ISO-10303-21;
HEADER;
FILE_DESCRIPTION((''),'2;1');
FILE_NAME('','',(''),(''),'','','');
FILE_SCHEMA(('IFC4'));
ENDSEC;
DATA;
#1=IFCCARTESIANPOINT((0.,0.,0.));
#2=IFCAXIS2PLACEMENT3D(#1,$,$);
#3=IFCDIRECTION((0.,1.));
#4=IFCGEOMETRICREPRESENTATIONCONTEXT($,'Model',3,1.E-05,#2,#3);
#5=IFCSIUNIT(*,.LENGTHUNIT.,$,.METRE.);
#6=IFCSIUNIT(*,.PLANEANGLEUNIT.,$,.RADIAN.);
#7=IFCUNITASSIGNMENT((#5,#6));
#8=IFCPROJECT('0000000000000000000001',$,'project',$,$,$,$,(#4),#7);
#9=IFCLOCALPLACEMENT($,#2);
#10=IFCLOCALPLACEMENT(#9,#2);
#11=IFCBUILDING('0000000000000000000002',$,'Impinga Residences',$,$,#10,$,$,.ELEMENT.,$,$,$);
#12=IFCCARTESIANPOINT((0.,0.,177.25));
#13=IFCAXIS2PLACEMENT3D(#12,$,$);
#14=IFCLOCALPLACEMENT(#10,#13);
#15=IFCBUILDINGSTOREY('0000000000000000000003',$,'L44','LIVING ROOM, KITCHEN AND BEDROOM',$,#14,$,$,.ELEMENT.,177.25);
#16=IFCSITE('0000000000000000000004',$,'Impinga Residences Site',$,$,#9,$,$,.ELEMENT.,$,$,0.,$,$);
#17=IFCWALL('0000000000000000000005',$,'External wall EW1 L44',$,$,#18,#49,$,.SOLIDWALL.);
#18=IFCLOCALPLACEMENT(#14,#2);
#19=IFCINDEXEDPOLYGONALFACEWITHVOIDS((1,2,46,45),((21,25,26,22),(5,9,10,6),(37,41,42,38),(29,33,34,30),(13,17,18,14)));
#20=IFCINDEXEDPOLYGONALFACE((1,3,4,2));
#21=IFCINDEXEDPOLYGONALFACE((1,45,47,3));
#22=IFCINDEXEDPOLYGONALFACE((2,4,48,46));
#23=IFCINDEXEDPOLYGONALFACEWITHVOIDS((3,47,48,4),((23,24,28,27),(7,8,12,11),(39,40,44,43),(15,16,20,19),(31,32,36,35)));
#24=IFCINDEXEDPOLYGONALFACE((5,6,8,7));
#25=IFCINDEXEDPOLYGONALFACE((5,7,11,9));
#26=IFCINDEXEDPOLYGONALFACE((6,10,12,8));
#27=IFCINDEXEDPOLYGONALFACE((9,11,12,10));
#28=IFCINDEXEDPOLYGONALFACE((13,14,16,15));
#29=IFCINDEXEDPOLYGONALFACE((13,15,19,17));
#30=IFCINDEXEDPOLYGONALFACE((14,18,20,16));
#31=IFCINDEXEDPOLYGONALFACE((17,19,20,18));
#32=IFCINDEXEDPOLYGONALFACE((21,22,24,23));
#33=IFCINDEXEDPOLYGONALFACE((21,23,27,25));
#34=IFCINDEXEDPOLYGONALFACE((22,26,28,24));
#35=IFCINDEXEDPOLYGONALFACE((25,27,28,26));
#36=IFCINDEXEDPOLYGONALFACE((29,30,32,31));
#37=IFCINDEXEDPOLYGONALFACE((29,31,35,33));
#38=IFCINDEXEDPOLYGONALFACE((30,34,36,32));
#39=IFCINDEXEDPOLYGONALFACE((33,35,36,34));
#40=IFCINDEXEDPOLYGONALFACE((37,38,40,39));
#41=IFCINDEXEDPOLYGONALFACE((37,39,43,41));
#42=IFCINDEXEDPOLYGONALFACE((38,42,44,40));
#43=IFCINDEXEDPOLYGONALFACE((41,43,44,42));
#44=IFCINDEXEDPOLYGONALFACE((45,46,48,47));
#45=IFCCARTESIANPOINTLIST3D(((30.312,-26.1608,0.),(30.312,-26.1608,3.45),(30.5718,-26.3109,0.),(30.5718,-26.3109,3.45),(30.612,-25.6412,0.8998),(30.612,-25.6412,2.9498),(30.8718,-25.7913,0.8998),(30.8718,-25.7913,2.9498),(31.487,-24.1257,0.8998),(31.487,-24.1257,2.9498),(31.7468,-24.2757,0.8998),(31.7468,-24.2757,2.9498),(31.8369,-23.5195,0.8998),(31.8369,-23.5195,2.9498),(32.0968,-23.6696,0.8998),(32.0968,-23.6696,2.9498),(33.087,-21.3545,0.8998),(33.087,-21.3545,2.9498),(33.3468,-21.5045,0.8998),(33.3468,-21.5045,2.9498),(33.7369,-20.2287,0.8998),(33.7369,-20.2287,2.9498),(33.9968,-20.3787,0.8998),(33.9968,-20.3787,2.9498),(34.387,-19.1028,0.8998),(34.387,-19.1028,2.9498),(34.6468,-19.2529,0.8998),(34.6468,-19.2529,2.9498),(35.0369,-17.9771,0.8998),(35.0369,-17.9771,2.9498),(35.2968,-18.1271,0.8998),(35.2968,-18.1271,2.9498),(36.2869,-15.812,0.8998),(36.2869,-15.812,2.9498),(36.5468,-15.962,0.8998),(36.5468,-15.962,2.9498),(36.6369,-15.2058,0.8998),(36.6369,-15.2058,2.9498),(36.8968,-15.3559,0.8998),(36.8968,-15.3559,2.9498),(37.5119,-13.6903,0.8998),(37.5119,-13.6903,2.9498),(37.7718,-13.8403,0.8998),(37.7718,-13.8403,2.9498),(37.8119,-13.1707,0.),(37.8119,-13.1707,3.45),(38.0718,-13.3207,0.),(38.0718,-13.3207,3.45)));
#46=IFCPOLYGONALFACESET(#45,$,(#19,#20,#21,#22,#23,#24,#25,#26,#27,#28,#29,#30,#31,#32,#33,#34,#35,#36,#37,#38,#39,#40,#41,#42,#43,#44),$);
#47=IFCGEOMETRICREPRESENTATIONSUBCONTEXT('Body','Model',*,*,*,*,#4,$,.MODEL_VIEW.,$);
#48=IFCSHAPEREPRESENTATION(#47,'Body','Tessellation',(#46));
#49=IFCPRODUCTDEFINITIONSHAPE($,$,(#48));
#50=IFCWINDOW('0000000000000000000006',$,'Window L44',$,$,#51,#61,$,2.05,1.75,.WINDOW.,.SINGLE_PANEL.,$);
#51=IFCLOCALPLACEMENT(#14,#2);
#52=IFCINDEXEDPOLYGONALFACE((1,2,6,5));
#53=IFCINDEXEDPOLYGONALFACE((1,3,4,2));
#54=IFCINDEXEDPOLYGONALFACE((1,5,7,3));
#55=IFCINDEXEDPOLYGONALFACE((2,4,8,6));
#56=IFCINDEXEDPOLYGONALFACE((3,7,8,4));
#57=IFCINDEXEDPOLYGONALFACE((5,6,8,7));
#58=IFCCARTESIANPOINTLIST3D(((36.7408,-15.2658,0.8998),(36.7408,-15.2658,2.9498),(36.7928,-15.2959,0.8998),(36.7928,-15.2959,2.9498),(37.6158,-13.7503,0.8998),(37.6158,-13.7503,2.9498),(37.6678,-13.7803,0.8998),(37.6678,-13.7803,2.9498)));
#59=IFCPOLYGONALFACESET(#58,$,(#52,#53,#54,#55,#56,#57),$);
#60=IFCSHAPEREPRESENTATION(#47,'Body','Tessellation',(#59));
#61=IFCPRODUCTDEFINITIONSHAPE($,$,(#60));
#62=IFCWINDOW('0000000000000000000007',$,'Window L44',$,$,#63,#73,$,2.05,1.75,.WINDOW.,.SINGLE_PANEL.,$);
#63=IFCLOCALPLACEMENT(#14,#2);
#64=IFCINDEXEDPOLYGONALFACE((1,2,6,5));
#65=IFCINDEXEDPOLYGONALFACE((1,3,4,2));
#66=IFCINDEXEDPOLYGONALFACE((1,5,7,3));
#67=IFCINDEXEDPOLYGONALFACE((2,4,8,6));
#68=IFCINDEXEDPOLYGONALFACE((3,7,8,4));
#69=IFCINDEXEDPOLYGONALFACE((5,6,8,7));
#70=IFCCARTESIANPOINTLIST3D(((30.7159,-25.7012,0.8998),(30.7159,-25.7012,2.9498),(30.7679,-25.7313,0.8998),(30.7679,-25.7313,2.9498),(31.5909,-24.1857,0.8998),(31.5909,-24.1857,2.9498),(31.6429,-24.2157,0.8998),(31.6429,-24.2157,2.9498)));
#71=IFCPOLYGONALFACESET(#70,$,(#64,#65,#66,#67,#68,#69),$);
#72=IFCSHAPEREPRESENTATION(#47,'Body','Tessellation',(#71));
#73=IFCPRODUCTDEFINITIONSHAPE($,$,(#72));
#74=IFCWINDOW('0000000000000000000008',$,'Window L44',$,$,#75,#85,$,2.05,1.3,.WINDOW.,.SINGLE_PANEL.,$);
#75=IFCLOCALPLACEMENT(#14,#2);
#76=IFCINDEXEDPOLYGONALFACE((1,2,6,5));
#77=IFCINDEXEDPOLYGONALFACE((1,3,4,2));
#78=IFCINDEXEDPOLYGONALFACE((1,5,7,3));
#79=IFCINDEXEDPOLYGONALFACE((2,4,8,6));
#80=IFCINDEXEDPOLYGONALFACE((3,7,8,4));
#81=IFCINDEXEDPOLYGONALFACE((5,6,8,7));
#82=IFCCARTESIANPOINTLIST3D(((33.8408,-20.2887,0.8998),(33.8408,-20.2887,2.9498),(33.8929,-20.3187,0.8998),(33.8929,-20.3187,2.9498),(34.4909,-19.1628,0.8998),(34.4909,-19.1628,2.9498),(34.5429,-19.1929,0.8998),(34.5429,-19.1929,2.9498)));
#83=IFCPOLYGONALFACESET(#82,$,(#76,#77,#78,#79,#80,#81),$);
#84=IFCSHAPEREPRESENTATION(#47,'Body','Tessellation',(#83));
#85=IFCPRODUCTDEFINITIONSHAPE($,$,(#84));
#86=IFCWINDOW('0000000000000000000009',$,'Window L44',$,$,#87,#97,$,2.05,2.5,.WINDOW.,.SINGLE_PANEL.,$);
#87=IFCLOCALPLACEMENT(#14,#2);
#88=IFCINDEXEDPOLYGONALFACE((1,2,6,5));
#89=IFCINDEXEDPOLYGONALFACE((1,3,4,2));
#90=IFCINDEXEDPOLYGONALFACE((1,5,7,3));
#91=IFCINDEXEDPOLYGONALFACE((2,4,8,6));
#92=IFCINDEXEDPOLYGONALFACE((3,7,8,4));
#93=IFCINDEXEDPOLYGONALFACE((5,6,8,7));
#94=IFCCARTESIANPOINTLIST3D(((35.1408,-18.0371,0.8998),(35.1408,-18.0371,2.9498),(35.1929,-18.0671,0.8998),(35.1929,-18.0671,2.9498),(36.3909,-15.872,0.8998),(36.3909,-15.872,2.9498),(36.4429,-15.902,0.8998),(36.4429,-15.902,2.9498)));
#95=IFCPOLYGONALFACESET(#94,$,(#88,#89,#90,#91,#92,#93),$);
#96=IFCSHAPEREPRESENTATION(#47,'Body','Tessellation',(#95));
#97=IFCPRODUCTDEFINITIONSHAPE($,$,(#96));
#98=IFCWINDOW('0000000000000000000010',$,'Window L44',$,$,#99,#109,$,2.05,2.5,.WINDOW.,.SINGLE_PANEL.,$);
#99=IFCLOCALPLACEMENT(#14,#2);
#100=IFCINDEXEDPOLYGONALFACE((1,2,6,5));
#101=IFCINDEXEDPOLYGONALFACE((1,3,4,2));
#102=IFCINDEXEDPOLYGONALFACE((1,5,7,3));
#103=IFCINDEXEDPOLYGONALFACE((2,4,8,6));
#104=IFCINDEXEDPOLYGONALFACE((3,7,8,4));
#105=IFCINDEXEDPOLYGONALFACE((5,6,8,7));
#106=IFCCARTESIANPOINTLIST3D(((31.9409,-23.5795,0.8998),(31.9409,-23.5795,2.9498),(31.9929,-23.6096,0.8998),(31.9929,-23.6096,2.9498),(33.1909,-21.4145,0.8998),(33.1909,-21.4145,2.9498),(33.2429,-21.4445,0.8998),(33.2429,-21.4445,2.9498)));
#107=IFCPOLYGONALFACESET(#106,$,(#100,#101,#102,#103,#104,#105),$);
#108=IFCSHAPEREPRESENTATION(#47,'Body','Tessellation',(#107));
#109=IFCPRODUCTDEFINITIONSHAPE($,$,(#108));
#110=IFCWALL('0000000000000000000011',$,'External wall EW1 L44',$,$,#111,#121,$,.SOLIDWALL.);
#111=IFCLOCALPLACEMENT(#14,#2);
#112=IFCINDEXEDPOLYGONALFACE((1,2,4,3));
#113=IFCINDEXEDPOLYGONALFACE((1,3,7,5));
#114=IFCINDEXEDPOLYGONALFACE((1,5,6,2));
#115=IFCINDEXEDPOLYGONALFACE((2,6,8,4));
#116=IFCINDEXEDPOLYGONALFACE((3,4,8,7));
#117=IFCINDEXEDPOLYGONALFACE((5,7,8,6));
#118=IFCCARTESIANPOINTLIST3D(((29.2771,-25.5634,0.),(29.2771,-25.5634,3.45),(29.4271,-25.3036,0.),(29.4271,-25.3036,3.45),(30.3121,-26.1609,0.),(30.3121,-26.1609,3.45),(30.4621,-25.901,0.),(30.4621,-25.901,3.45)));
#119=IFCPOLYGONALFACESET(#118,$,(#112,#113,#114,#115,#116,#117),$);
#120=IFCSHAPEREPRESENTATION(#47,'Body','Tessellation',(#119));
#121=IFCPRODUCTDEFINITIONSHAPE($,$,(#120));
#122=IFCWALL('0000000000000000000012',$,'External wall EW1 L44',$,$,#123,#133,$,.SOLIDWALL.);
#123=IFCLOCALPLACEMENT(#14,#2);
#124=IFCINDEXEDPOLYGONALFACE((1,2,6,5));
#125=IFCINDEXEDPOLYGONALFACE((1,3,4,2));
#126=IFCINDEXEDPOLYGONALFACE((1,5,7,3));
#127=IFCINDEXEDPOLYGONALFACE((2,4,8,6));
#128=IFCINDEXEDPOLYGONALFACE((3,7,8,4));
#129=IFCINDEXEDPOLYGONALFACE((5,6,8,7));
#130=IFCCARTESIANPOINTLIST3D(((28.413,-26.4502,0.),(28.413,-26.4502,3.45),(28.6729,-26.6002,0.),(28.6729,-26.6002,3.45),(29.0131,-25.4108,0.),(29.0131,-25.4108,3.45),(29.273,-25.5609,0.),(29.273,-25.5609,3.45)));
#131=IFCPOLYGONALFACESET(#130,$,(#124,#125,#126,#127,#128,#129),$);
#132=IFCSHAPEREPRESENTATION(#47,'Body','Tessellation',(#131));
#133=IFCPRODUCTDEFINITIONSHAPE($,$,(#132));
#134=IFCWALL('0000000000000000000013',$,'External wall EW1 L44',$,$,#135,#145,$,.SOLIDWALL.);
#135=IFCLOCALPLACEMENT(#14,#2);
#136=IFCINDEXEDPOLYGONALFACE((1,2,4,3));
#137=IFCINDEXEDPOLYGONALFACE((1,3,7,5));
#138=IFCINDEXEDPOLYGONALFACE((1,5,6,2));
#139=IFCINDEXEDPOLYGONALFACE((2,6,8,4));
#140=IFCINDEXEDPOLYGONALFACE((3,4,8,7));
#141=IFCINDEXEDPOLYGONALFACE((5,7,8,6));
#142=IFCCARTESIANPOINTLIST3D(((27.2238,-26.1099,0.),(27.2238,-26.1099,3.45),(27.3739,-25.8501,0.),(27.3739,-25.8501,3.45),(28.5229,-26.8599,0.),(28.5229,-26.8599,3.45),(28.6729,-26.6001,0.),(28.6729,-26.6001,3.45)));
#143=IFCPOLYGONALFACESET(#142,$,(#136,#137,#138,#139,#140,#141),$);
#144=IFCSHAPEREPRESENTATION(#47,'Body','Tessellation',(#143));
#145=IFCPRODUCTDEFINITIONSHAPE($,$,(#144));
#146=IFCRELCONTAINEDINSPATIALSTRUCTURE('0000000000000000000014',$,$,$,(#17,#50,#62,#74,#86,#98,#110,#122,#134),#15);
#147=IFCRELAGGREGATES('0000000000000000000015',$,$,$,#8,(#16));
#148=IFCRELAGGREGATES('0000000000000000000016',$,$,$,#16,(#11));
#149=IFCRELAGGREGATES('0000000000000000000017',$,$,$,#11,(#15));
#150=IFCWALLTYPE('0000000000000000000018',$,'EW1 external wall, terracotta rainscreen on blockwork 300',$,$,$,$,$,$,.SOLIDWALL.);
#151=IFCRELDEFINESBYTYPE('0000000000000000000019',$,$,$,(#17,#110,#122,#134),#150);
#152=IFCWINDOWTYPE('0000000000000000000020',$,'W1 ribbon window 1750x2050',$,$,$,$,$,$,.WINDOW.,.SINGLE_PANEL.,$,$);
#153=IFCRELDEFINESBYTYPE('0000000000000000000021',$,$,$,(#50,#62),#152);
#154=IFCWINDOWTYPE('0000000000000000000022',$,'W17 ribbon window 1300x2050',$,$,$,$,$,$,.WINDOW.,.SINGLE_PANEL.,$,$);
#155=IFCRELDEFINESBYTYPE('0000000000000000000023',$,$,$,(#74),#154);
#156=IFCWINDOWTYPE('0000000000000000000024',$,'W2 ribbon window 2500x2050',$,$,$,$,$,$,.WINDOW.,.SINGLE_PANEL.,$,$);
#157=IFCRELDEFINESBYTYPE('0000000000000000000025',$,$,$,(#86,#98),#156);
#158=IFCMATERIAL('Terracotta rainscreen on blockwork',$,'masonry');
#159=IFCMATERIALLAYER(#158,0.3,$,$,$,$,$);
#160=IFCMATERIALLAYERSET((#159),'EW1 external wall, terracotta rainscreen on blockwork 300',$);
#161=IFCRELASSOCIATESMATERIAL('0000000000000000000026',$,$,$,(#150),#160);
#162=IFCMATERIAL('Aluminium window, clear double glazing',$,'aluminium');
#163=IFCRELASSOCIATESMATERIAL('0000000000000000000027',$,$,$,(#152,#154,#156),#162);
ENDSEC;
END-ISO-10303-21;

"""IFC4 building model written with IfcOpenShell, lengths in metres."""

from ifc_helpers import new_model, si_unit, direction, frame, frame_2d, origin, place, context, subcontext, project, spatial, rectangle, extrude, material, layer, layer_set, type_object, element, fill, save


model = new_model("IFC4")

# Units and contexts
model_context = context("Model", 3, precision=1e-05, world=origin(), true_north=direction((0.0, 1.0)))
body_context = subcontext(model_context, "Body", "Model", "MODEL_VIEW")
ifc_project = project(units=[si_unit("LENGTHUNIT", "METRE"), si_unit("PLANEANGLEUNIT", "RADIAN")], contexts=[model_context])

# Site, building, storey
site_placement = place(None, origin())
site = spatial("IfcSite", under=ifc_project, at=site_placement, Name="Impinga Residences Site", CompositionType="ELEMENT", RefElevation=0.0)
building_placement = place(site_placement, origin())
building = spatial("IfcBuilding", under=site, at=building_placement, Name="Impinga Residences", CompositionType="ELEMENT")
storey_placement = place(building_placement, frame((0.0, 0.0, 177.25)))
storey = spatial("IfcBuildingStorey", under=building, at=storey_placement, Name="L44", Description="LIVING ROOM, KITCHEN AND BEDROOM", CompositionType="ELEMENT", Elevation=177.25)

# Shared definitions
ifc_material_1 = material(Name="Terracotta rainscreen on blockwork", Category="masonry")
ifc_layer = layer(ifc_material_1, 0.3)
ifc_layer_set = layer_set([ifc_layer], Name="EW1 external wall, terracotta rainscreen on blockwork 300")
wall_type = type_object("IfcWallType", Name="EW1 external wall, terracotta rainscreen on blockwork 300", PredefinedType="SOLIDWALL", material=ifc_layer_set)

# Wall, openings, windows
wall_1_placement = place(storey_placement, frame((37.9419, -13.2456, 0.0), z_axis=(0.0, 0.0, 1.0), x_axis=(-0.500004, -0.866023, 0.0)))
wall_1 = element("IfcWall", 1, at=wall_1_placement, inside=storey, type_object=wall_type, Name="External wall EW1 L44", PredefinedType="SOLIDWALL", context=body_context, shape_type="SweptSolid", body=[
    extrude(rectangle(XDim=14.9998, YDim=0.3, at=frame_2d((7.5, 0.0))), origin(), (0.0, 0.0, 1.0), 3.45),
])
opening_1_placement = place(wall_1_placement, frame((0.6001, 0.0, 0.8999)))
opening_1 = element("IfcOpeningElement", 2, at=opening_1_placement, cuts=wall_1, PredefinedType="OPENING", context=body_context, shape_type="SweptSolid", body=[
    extrude(rectangle(XDim=1.75, YDim=2.05, at=frame_2d((0.875, 1.0249))), frame((0.0, 0.1599, 0.0), z_axis=(0.0, -1.0, 0.0), x_axis=(1.0, 0.0, 0.0)), (0.0, 0.0, 1.0), 0.3201),
])
opening_2_placement = place(wall_1_placement, frame((3.05, 0.0, 0.8999)))
opening_2 = element("IfcOpeningElement", 3, at=opening_2_placement, cuts=wall_1, PredefinedType="OPENING", context=body_context, shape_type="SweptSolid", body=[
    extrude(rectangle(XDim=2.5, YDim=2.05, at=frame_2d((1.25, 1.0249))), frame((0.0, 0.1599, 0.0), z_axis=(0.0, -1.0, 0.0), x_axis=(1.0, 0.0, 0.0)), (0.0, 0.0, 1.0), 0.3201),
])
opening_3_placement = place(wall_1_placement, frame((6.8501, 0.0, 0.8999)))
opening_3 = element("IfcOpeningElement", 4, at=opening_3_placement, cuts=wall_1, PredefinedType="OPENING", context=body_context, shape_type="SweptSolid", body=[
    extrude(rectangle(XDim=1.3, YDim=2.05, at=frame_2d((0.6499, 1.0249))), frame((0.0, 0.1599, 0.0), z_axis=(0.0, -1.0, 0.0), x_axis=(1.0, 0.0, 0.0)), (0.0, 0.0, 1.0), 0.3201),
])
opening_4_placement = place(wall_1_placement, frame((9.45, 0.0, 0.8999)))
opening_4 = element("IfcOpeningElement", 5, at=opening_4_placement, cuts=wall_1, PredefinedType="OPENING", context=body_context, shape_type="SweptSolid", body=[
    extrude(rectangle(XDim=2.5, YDim=2.05, at=frame_2d((1.25, 1.0249))), frame((0.0, 0.1599, 0.0), z_axis=(0.0, -1.0, 0.0), x_axis=(1.0, 0.0, 0.0)), (0.0, 0.0, 1.0), 0.3201),
])
opening_5_placement = place(wall_1_placement, frame((12.6499, 0.0, 0.8999)))
opening_5 = element("IfcOpeningElement", 6, at=opening_5_placement, cuts=wall_1, PredefinedType="OPENING", context=body_context, shape_type="SweptSolid", body=[
    extrude(rectangle(XDim=1.75, YDim=2.05, at=frame_2d((0.875, 1.0249))), frame((0.0, 0.1599, 0.0), z_axis=(0.0, -1.0, 0.0), x_axis=(1.0, 0.0, 0.0)), (0.0, 0.0, 1.0), 0.3201),
])
ifc_material_2 = material(Name="Aluminium window, clear double glazing", Category="aluminium")
window_type_1 = type_object("IfcWindowType", Name="W1 ribbon window 1750x2050", PartitioningType="SINGLE_PANEL", PredefinedType="WINDOW", material=ifc_material_2)
window_1_placement = place(opening_1_placement, origin())
window_1 = element("IfcWindow", 7, at=window_1_placement, inside=storey, type_object=window_type_1, Name="Window L44", OverallHeight=2.05, OverallWidth=1.75, PartitioningType="SINGLE_PANEL", PredefinedType="WINDOW", context=body_context, shape_type="SweptSolid", body=[
    extrude(rectangle(XDim=1.75, YDim=2.05, at=frame_2d((0.875, 1.0249))), frame((0.0, 0.03, 0.0), z_axis=(0.0, -1.0, 0.0), x_axis=(1.0, 0.0, 0.0)), (0.0, 0.0, 1.0), 0.0601),
])
fill(opening_1, window_1)
window_2_placement = place(opening_5_placement, origin())
window_2 = element("IfcWindow", 8, at=window_2_placement, inside=storey, type_object=window_type_1, Name="Window L44", OverallHeight=2.05, OverallWidth=1.75, PartitioningType="SINGLE_PANEL", PredefinedType="WINDOW", context=body_context, shape_type="SweptSolid", body=[
    extrude(rectangle(XDim=1.75, YDim=2.05, at=frame_2d((0.875, 1.0249))), frame((0.0, 0.03, 0.0), z_axis=(0.0, -1.0, 0.0), x_axis=(1.0, 0.0, 0.0)), (0.0, 0.0, 1.0), 0.0601),
])
fill(opening_5, window_2)
window_type_2 = type_object("IfcWindowType", Name="W17 ribbon window 1300x2050", PartitioningType="SINGLE_PANEL", PredefinedType="WINDOW", material=ifc_material_2)
window_3_placement = place(opening_3_placement, origin())
window_3 = element("IfcWindow", 9, at=window_3_placement, inside=storey, type_object=window_type_2, Name="Window L44", OverallHeight=2.05, OverallWidth=1.3, PartitioningType="SINGLE_PANEL", PredefinedType="WINDOW", context=body_context, shape_type="SweptSolid", body=[
    extrude(rectangle(XDim=1.3, YDim=2.05, at=frame_2d((0.6499, 1.0249))), frame((0.0, 0.03, 0.0), z_axis=(0.0, -1.0, 0.0), x_axis=(1.0, 0.0, 0.0)), (0.0, 0.0, 1.0), 0.0601),
])
fill(opening_3, window_3)
window_type_3 = type_object("IfcWindowType", Name="W2 ribbon window 2500x2050", PartitioningType="SINGLE_PANEL", PredefinedType="WINDOW", material=ifc_material_2)
window_4_placement = place(opening_2_placement, origin())
window_4 = element("IfcWindow", 10, at=window_4_placement, inside=storey, type_object=window_type_3, Name="Window L44", OverallHeight=2.05, OverallWidth=2.5, PartitioningType="SINGLE_PANEL", PredefinedType="WINDOW", context=body_context, shape_type="SweptSolid", body=[
    extrude(rectangle(XDim=2.5, YDim=2.05, at=frame_2d((1.25, 1.0249))), frame((0.0, 0.03, 0.0), z_axis=(0.0, -1.0, 0.0), x_axis=(1.0, 0.0, 0.0)), (0.0, 0.0, 1.0), 0.0601),
])
fill(opening_2, window_4)
window_5_placement = place(opening_4_placement, origin())
window_5 = element("IfcWindow", 11, at=window_5_placement, inside=storey, type_object=window_type_3, Name="Window L44", OverallHeight=2.05, OverallWidth=2.5, PartitioningType="SINGLE_PANEL", PredefinedType="WINDOW", context=body_context, shape_type="SweptSolid", body=[
    extrude(rectangle(XDim=2.5, YDim=2.05, at=frame_2d((1.25, 1.0249))), frame((0.0, 0.03, 0.0), z_axis=(0.0, -1.0, 0.0), x_axis=(1.0, 0.0, 0.0)), (0.0, 0.0, 1.0), 0.0601),
])
fill(opening_4, window_5)

# Walls
wall_2_placement = place(storey_placement, frame((30.3872, -26.031, 0.0), z_axis=(0.0, 0.0, 1.0), x_axis=(-0.86606, 0.499941, 0.0)))
element("IfcWall", 12, at=wall_2_placement, inside=storey, type_object=wall_type, Name="External wall EW1 L44", PredefinedType="SOLIDWALL", context=body_context, shape_type="SweptSolid", body=[
    extrude(rectangle(XDim=1.1951, YDim=0.3, at=frame_2d((0.5977, 0.0))), origin(), (0.0, 0.0, 1.0), 3.45),
])
wall_3_placement = place(storey_placement, frame((29.1431, -25.4858, 0.0), z_axis=(0.0, 0.0, 1.0), x_axis=(-0.500034, -0.866006, 0.0)))
element("IfcWall", 13, at=wall_3_placement, inside=storey, type_object=wall_type, Name="External wall EW1 L44", PredefinedType="SOLIDWALL", context=body_context, shape_type="SweptSolid", body=[
    extrude(rectangle(XDim=1.2002, YDim=0.3, at=frame_2d((0.6001, 0.0))), origin(), (0.0, 0.0, 1.0), 3.45),
])
wall_4_placement = place(storey_placement, frame((28.5979, -26.73, 0.0), z_axis=(0.0, 0.0, 1.0), x_axis=(-0.866031, 0.49999, 0.0)))
element("IfcWall", 14, at=wall_4_placement, inside=storey, type_object=wall_type, Name="External wall EW1 L44", PredefinedType="SOLIDWALL", context=body_context, shape_type="SweptSolid", body=[
    extrude(rectangle(XDim=1.5, YDim=0.3, at=frame_2d((0.75, 0.0))), origin(), (0.0, 0.0, 1.0), 3.45),
])

save(model, "model.ifc")
